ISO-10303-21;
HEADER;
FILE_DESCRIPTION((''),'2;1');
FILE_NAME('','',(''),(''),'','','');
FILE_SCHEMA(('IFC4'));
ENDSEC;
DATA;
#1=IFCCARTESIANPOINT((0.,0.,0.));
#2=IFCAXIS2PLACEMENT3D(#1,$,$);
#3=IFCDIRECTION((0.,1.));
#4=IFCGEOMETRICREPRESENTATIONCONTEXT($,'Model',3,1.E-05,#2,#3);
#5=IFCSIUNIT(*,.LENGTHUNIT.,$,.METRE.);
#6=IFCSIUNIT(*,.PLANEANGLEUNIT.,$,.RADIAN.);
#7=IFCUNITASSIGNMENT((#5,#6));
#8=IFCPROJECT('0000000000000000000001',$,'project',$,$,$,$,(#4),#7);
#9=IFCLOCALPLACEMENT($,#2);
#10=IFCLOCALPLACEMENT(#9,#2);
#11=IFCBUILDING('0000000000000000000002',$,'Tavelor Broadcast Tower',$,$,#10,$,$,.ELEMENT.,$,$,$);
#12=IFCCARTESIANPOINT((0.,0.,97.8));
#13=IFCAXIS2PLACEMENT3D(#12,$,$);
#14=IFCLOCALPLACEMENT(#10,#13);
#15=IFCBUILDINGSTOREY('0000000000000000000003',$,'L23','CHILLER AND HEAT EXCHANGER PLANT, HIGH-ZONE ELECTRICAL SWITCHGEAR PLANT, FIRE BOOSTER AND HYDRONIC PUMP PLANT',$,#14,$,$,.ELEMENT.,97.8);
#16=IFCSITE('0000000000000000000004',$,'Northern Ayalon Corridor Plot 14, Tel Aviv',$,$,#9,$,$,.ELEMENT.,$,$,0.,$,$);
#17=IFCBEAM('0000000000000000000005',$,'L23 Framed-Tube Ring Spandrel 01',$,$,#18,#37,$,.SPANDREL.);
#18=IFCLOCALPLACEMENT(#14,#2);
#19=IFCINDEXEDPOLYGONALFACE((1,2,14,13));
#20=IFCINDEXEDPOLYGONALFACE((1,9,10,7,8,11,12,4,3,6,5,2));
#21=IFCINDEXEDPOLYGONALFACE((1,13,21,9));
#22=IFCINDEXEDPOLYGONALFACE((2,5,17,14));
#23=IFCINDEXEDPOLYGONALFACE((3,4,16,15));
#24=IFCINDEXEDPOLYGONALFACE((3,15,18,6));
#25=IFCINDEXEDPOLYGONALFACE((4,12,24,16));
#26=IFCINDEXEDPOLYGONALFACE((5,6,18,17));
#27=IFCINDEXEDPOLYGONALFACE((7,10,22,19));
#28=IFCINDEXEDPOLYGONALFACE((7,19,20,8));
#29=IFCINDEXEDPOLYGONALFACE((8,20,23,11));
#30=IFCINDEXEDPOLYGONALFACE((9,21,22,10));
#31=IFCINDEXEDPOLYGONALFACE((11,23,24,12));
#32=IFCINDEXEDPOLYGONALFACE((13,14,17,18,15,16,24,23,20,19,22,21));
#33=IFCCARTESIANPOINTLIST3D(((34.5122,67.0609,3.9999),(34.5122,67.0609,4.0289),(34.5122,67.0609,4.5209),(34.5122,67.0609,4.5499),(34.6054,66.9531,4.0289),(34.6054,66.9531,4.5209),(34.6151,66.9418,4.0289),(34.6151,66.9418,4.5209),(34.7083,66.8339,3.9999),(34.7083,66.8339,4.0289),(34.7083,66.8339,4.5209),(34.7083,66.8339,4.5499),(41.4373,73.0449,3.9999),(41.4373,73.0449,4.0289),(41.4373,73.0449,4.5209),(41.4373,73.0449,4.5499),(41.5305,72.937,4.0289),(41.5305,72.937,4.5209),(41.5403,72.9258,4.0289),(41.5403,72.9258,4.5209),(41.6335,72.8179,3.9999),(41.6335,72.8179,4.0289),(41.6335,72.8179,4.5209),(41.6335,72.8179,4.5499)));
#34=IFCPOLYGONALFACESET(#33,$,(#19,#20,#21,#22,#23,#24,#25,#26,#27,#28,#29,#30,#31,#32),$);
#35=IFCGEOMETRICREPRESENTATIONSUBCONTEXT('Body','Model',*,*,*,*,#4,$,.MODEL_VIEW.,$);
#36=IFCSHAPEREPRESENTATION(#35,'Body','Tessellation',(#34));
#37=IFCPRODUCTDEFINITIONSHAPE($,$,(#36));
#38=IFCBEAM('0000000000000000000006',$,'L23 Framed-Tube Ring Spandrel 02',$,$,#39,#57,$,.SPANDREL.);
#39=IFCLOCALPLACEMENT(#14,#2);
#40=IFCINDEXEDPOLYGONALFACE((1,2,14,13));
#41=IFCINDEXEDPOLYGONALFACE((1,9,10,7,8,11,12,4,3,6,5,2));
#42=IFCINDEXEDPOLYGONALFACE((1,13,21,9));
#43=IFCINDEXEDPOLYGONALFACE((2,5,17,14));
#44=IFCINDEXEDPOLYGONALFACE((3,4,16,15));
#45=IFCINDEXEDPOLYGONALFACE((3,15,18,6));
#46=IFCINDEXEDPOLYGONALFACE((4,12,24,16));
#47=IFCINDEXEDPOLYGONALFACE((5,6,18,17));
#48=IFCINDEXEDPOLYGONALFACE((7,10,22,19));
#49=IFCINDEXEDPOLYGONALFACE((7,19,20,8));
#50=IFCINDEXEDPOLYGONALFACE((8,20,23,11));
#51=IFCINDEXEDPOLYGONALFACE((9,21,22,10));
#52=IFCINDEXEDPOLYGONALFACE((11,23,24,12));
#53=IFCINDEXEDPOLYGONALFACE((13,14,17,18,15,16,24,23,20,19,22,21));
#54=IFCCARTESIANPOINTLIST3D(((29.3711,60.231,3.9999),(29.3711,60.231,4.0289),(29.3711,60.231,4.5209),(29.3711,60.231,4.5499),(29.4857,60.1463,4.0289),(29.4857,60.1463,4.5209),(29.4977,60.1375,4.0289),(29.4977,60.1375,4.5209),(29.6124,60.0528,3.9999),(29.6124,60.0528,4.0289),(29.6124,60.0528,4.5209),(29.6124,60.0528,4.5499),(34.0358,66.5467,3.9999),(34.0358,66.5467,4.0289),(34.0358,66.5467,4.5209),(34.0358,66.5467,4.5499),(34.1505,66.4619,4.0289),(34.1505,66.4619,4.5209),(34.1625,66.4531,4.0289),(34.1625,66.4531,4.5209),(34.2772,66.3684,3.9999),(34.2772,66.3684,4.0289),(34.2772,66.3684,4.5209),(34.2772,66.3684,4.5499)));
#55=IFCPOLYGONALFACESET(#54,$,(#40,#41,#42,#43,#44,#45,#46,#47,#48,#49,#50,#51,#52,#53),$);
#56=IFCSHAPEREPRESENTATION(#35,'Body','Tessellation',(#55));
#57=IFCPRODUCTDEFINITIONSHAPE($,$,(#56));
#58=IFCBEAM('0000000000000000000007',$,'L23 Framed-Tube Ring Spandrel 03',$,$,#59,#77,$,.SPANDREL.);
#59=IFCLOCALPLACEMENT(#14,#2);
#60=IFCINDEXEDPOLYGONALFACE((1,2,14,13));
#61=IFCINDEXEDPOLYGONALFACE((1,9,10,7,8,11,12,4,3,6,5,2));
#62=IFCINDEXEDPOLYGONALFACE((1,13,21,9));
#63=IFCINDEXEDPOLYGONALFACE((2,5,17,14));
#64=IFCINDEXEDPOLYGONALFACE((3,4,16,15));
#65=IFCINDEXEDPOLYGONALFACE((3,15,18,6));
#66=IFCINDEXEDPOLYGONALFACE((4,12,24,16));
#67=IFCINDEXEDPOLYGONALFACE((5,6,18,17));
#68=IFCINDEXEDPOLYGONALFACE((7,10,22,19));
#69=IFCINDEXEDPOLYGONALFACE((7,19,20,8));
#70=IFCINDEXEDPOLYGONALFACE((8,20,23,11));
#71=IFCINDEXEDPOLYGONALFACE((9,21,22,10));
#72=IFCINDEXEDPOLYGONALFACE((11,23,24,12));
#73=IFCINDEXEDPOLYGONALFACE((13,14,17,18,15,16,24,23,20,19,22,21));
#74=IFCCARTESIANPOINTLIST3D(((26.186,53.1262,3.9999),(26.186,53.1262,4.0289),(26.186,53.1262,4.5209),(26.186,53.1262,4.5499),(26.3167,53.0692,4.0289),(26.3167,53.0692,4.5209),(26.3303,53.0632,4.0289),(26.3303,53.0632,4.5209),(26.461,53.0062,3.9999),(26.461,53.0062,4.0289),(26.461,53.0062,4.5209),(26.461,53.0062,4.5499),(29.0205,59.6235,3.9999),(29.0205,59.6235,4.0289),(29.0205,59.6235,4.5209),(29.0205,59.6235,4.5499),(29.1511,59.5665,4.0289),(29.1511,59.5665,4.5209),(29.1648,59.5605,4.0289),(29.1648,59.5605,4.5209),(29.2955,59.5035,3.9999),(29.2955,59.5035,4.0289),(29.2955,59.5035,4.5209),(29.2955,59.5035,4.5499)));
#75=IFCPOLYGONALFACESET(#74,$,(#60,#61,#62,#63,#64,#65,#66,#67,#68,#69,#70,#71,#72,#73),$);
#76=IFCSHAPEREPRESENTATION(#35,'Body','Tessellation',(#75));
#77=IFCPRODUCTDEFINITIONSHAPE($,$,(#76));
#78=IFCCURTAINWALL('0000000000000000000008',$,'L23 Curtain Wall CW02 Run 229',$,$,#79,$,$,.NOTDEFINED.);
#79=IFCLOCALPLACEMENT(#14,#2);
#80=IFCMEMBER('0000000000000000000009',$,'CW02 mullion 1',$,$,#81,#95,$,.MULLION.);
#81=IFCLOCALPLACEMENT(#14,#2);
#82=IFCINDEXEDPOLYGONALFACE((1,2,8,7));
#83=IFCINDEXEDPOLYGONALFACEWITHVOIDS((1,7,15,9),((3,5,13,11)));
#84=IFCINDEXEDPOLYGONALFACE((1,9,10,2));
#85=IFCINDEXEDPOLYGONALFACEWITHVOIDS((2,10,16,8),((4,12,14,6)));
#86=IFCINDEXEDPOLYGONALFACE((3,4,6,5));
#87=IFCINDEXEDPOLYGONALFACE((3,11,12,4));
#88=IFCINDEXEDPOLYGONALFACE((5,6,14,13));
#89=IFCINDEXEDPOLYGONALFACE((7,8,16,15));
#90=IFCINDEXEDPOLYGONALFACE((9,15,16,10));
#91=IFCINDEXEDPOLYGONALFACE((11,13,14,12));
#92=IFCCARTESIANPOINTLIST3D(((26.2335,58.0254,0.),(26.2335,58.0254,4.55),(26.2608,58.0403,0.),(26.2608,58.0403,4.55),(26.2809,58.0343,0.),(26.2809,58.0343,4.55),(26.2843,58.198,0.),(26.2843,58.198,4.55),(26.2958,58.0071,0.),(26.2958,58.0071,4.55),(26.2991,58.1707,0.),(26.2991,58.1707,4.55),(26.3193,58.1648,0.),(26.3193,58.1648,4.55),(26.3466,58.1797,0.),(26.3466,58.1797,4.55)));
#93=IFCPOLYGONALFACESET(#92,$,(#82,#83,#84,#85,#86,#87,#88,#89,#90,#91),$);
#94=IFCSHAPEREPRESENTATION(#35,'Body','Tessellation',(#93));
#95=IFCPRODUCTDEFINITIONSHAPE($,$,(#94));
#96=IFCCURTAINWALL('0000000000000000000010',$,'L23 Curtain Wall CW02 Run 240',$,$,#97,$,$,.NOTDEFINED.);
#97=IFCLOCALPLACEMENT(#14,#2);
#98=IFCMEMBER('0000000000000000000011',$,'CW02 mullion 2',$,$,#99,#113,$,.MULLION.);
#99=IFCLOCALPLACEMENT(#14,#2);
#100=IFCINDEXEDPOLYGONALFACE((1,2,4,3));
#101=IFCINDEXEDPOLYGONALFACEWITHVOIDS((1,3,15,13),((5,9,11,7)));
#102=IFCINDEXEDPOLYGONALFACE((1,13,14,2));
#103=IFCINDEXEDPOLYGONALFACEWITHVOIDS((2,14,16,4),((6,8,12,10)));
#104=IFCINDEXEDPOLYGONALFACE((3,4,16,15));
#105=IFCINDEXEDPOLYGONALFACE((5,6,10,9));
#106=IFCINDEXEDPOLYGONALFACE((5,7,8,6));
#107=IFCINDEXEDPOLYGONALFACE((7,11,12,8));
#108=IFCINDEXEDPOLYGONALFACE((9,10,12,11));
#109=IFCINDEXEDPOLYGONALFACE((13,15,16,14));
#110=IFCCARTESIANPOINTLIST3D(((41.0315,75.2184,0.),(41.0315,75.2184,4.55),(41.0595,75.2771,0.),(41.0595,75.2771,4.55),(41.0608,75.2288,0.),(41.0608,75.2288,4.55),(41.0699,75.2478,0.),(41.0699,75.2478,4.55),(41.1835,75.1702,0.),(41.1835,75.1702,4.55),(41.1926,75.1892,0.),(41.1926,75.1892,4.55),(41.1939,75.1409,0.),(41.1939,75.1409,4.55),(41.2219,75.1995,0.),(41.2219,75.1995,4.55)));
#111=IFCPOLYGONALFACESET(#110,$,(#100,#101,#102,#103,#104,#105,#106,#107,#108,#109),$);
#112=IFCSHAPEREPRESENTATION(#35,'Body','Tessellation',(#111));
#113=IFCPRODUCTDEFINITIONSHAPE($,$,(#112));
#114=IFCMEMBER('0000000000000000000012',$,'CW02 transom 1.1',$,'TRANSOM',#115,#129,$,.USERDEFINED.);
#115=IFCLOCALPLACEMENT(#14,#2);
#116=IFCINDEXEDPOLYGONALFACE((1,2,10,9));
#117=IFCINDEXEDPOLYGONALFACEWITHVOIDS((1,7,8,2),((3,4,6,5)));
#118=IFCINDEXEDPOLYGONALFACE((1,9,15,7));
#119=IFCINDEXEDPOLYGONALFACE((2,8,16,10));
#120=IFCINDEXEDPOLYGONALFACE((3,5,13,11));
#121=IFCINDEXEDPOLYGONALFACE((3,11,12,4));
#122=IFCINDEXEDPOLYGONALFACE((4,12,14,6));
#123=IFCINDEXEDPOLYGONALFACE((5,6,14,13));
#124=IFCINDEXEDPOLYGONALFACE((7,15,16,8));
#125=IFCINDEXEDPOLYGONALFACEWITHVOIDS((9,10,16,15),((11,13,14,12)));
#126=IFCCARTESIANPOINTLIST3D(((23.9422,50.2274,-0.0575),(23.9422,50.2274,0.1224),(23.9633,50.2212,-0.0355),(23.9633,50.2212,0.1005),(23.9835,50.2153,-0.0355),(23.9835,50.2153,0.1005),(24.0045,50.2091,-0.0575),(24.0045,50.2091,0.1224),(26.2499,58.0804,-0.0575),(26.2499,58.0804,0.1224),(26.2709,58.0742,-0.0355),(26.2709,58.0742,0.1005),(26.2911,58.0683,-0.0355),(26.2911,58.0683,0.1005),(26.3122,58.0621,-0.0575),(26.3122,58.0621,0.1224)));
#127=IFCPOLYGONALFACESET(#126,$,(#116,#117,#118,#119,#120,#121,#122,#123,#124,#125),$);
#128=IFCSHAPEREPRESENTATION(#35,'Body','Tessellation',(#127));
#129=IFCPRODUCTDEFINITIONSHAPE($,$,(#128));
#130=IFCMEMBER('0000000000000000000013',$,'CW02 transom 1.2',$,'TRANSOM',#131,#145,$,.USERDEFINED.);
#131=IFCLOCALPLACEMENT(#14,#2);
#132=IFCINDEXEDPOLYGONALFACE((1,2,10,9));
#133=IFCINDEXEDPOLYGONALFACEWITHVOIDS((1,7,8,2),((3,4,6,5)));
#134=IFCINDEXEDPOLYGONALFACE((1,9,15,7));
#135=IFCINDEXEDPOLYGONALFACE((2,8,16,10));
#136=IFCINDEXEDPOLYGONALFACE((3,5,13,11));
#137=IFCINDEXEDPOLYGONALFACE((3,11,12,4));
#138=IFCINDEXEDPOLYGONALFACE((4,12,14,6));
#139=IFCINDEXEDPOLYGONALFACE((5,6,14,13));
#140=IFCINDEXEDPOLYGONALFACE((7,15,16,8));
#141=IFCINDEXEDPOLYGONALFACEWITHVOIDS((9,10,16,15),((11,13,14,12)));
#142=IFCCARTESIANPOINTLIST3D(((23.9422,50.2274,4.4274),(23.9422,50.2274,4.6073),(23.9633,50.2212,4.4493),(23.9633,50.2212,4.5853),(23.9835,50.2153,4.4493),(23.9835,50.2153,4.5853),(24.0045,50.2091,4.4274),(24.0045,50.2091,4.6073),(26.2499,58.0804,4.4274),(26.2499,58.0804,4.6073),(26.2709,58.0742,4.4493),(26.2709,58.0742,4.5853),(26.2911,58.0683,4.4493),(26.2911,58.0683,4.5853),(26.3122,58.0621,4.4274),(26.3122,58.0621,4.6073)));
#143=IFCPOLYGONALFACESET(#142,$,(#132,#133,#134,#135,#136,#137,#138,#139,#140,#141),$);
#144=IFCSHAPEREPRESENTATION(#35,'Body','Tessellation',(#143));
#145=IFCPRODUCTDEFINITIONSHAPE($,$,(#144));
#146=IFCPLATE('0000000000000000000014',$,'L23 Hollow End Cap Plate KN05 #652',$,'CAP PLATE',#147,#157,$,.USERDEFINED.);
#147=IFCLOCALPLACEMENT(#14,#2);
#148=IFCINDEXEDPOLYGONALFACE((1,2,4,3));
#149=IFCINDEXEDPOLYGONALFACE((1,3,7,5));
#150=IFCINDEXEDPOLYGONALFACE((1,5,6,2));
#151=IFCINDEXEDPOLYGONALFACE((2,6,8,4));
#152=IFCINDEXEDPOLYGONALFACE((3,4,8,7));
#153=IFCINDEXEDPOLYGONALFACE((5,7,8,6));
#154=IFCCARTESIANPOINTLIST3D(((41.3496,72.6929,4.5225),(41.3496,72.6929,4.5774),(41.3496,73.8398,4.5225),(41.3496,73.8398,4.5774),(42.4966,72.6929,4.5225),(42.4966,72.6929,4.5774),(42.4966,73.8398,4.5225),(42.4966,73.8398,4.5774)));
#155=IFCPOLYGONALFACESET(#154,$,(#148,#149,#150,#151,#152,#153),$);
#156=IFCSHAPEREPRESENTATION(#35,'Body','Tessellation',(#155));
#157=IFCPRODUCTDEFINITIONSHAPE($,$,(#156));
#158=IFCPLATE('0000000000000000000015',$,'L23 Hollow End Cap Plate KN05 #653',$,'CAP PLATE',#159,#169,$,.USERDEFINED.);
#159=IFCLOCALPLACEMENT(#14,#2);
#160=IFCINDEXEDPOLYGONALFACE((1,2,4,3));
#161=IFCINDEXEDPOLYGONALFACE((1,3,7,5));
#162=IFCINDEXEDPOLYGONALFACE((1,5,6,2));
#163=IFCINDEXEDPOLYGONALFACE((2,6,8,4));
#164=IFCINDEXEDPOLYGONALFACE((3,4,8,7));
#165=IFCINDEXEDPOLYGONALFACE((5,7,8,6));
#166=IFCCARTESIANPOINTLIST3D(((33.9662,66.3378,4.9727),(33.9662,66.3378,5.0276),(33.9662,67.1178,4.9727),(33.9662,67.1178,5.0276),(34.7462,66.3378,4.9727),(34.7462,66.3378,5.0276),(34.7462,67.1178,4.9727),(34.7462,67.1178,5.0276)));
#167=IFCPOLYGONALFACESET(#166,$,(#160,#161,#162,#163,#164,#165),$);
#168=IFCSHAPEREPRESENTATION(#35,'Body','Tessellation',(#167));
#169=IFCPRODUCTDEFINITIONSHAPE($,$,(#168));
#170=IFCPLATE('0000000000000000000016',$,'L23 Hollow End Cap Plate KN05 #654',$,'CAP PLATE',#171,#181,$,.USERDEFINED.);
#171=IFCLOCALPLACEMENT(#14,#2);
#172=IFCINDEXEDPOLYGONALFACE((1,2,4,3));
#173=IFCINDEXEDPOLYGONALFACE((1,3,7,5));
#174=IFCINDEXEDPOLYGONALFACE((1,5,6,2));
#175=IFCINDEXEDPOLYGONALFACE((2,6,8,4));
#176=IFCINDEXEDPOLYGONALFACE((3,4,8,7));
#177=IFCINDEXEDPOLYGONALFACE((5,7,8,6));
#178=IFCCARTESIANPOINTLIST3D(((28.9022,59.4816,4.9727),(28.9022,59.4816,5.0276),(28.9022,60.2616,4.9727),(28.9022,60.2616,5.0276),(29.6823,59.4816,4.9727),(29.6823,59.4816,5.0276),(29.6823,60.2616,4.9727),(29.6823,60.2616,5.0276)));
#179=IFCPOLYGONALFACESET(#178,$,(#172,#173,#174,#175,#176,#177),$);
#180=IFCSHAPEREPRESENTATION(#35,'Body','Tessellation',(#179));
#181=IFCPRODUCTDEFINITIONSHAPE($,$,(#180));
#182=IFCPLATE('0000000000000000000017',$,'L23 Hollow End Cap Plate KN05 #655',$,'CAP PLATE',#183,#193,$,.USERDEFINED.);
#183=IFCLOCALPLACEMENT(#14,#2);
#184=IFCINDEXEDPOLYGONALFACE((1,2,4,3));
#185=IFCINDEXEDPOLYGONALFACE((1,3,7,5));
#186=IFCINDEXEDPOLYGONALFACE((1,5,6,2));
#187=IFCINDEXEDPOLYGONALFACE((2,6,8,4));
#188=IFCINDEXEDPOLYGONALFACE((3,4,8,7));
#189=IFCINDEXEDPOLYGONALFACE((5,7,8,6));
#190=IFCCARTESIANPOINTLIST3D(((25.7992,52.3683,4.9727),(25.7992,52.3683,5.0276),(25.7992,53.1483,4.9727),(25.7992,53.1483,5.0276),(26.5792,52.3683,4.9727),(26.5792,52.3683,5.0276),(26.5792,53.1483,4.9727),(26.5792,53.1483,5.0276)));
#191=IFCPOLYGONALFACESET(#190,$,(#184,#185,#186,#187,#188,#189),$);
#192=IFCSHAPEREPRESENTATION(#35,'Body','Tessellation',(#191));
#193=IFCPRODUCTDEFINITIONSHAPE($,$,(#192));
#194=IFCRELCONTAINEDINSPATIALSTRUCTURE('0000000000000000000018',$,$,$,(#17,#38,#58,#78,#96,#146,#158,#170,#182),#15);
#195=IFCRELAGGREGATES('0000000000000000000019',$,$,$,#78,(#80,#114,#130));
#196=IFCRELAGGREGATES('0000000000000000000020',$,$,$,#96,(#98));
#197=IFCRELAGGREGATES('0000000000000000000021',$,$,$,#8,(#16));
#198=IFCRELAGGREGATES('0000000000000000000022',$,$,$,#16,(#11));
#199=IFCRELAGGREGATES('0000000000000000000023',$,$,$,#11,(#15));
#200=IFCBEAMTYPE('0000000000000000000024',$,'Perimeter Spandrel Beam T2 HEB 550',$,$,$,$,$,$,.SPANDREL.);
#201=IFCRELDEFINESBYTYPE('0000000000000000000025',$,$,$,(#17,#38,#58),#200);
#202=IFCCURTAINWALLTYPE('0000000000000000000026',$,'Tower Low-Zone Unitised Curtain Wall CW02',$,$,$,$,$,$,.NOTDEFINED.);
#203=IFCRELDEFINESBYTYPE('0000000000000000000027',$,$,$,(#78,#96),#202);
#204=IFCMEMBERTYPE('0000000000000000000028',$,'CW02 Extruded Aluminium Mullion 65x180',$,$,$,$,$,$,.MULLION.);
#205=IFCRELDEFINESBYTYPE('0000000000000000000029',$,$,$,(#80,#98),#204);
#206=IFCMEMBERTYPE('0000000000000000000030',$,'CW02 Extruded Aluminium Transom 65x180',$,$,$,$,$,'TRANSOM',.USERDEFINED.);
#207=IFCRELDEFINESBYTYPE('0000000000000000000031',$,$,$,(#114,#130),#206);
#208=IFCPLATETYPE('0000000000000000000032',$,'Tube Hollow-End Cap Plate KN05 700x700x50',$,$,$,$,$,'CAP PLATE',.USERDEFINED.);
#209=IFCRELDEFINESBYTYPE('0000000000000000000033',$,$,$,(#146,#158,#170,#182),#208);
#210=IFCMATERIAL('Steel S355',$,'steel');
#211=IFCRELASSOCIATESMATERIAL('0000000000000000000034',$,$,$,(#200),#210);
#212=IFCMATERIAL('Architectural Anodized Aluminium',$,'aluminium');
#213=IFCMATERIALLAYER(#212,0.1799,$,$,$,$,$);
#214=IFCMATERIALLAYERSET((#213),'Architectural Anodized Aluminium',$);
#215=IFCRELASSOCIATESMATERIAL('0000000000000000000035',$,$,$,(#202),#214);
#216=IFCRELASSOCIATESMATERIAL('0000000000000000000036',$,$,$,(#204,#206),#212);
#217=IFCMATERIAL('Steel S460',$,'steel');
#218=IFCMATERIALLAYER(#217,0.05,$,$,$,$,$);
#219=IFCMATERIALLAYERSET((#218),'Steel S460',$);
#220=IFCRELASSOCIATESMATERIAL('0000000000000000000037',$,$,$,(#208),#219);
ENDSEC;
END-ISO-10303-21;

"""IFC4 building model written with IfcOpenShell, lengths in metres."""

from ifc_helpers import new_model, si_unit, direction, frame, origin, origin_2d, place, context, subcontext, project, spatial, rectangle, hollow_rectangle, i_section, extrude, source, transform, mapped, material, layer, layer_set, material_profile, profile_set, type_object, type_shapes, element, aggregate, save


model = new_model("IFC4")

# Units and contexts
model_context = context("Model", 3, precision=1e-05, world=origin(), true_north=direction((0.0, 1.0)))
body_context = subcontext(model_context, "Body", "Model", "MODEL_VIEW")
ifc_project = project(units=[si_unit("LENGTHUNIT", "METRE"), si_unit("PLANEANGLEUNIT", "RADIAN")], contexts=[model_context])

# Site, building, storey
site_placement = place(None, origin())
site = spatial("IfcSite", under=ifc_project, at=site_placement, Name="Northern Ayalon Corridor Plot 14, Tel Aviv", CompositionType="ELEMENT", RefElevation=0.0)
building_placement = place(site_placement, origin())
building = spatial("IfcBuilding", under=site, at=building_placement, Name="Tavelor Broadcast Tower", CompositionType="ELEMENT")
storey_placement = place(building_placement, frame((0.0, 0.0, 97.8)))
storey = spatial("IfcBuildingStorey", under=building, at=storey_placement, Name="L23", Description="CHILLER AND HEAT EXCHANGER PLANT, HIGH-ZONE ELECTRICAL SWITCHGEAR PLANT, FIRE BOOSTER AND HYDRONIC PUMP PLANT", CompositionType="ELEMENT", Elevation=97.8)

# Shared definitions
ifc_material_1 = material(Name="Steel S460", Category="steel")

# Beams
ifc_material_2 = material(Name="Steel S355", Category="steel")
ifc_material_profile_1 = material_profile(ifc_material_2, i_section(OverallWidth=0.3, OverallDepth=0.55, WebThickness=0.0149, FlangeThickness=0.0291, at=origin_2d()), Name="HEB 550")
ifc_profile_set_1 = profile_set([ifc_material_profile_1], Name="Steel S355")
beam_type_1 = type_object("IfcBeamType", Name="Perimeter Spandrel Beam T2 HEB 550", PredefinedType="SPANDREL", material=ifc_profile_set_1)
beam_1_placement = place(storey_placement, frame((41.5354, 72.9314, 4.2749), z_axis=(-0.756652, -0.653818, 0.0), x_axis=(0.653818, -0.756652, 0.0)))
element("IfcBeam", 1, at=beam_1_placement, inside=storey, type_object=beam_type_1, Name="L23 Framed-Tube Ring Spandrel 01", PredefinedType="SPANDREL", context=body_context, shape_type="SweptSolid", body=[
    extrude(i_section(OverallWidth=0.3, OverallDepth=0.55, WebThickness=0.0149, FlangeThickness=0.0291, at=origin_2d()), origin(), (0.0, 0.0, 1.0), 9.1523),
])
beam_2_placement = place(storey_placement, frame((34.1565, 66.4575, 4.2749), z_axis=(-0.594118, -0.804378, 0.0), x_axis=(0.804378, -0.594118, 0.0)))
element("IfcBeam", 2, at=beam_2_placement, inside=storey, type_object=beam_type_1, Name="L23 Framed-Tube Ring Spandrel 02", PredefinedType="SPANDREL", context=body_context, shape_type="SweptSolid", body=[
    extrude(i_section(OverallWidth=0.3, OverallDepth=0.55, WebThickness=0.0149, FlangeThickness=0.0291, at=origin_2d()), origin(), (0.0, 0.0, 1.0), 7.8516),
])
beam_3_placement = place(storey_placement, frame((29.158, 59.5635, 4.2749), z_axis=(-0.399859, -0.916577, 0.0), x_axis=(0.916577, -0.399859, 0.0)))
element("IfcBeam", 3, at=beam_3_placement, inside=storey, type_object=beam_type_1, Name="L23 Framed-Tube Ring Spandrel 03", PredefinedType="SPANDREL", context=body_context, shape_type="SweptSolid", body=[
    extrude(i_section(OverallWidth=0.3, OverallDepth=0.55, WebThickness=0.0149, FlangeThickness=0.0291, at=origin_2d()), origin(), (0.0, 0.0, 1.0), 7.0886),
])

# Curtain walls, members
ifc_material_3 = material(Name="Architectural Anodized Aluminium", Category="aluminium")
ifc_layer_1 = layer(ifc_material_3, 0.1799)
ifc_layer_set_1 = layer_set([ifc_layer_1], Name="Architectural Anodized Aluminium")
curtain_wall_type = type_object("IfcCurtainWallType", Name="Tower Low-Zone Unitised Curtain Wall CW02", PredefinedType="NOTDEFINED", material=ifc_layer_set_1)
curtain_wall_1_placement = place(storey_placement, origin())
curtain_wall_1 = element("IfcCurtainWall", 4, at=curtain_wall_1_placement, inside=storey, type_object=curtain_wall_type, Name="L23 Curtain Wall CW02 Run 229", PredefinedType="NOTDEFINED")
ifc_material_profile_2 = material_profile(ifc_material_3, hollow_rectangle(XDim=0.0649, YDim=0.1799, WallThickness=0.022, at=origin_2d()), Name="RHS 65x180x22")
ifc_profile_set_2 = profile_set([ifc_material_profile_2], Name="Architectural Anodized Aluminium")
member_type_1 = type_object("IfcMemberType", Name="CW02 Extruded Aluminium Mullion 65x180", PredefinedType="MULLION", material=ifc_profile_set_2)
shared_shape_1 = source(origin(), body_context, "Body", "SweptSolid", [
    extrude(hollow_rectangle(XDim=0.0649, YDim=0.1799, WallThickness=0.022, at=origin_2d()), origin(), (0.0, 0.0, 1.0), 4.55),
])
type_shapes(member_type_1, [shared_shape_1])
member_1_placement = place(storey_placement, frame((26.29, 58.1025, 0.0), z_axis=(0.0, 0.0, 1.0), x_axis=(0.959433, -0.281936, 0.0)))
member_1 = element("IfcMember", 5, at=member_1_placement, type_object=member_type_1, Name="CW02 mullion 1", PredefinedType="MULLION", context=body_context, shape_type="MappedRepresentation", body=[
    mapped(shared_shape_1, transform((0.0, 0.0, 0.0), scale=1.0)),
])
curtain_wall_2_placement = place(storey_placement, origin())
curtain_wall_2 = element("IfcCurtainWall", 6, at=curtain_wall_2_placement, inside=storey, type_object=curtain_wall_type, Name="L23 Curtain Wall CW02 Run 240", PredefinedType="NOTDEFINED")
member_2_placement = place(storey_placement, frame((41.1267, 75.209, 0.0), z_axis=(0.0, 0.0, 1.0), x_axis=(-0.430882, -0.902408, 0.0)))
member_2 = element("IfcMember", 7, at=member_2_placement, type_object=member_type_1, Name="CW02 mullion 2", PredefinedType="MULLION", context=body_context, shape_type="MappedRepresentation", body=[
    mapped(shared_shape_1, transform((0.0, 0.0, 0.0), scale=1.0)),
])

# Members
ifc_material_profile_3 = material_profile(ifc_material_3, hollow_rectangle(XDim=0.0649, YDim=0.1799, WallThickness=0.022, at=origin_2d()), Name="RHS 65x180x22")
ifc_profile_set_3 = profile_set([ifc_material_profile_3], Name="Architectural Anodized Aluminium")
member_type_2 = type_object("IfcMemberType", Name="CW02 Extruded Aluminium Transom 65x180", ElementType="TRANSOM", PredefinedType="USERDEFINED", material=ifc_profile_set_3)
shared_shape_2 = source(origin(), body_context, "Body", "SweptSolid", [
    extrude(hollow_rectangle(XDim=0.0649, YDim=0.1799, WallThickness=0.022, at=origin_2d()), origin(), (0.0, 0.0, 1.0), 8.1851),
])
type_shapes(member_type_2, [shared_shape_2])
member_3_placement = place(storey_placement, frame((26.281, 58.0713, 0.0325), z_axis=(-0.281931, -0.959435, 0.0), x_axis=(0.959435, -0.281931, 0.0)))
member_3 = element("IfcMember", 8, at=member_3_placement, type_object=member_type_2, Name="CW02 transom 1.1", ObjectType="TRANSOM", PredefinedType="USERDEFINED", context=body_context, shape_type="MappedRepresentation", body=[
    mapped(shared_shape_2, transform((0.0, 0.0, 0.0), scale=1.0)),
])
member_4_placement = place(storey_placement, frame((26.281, 58.0713, 4.5173), z_axis=(-0.281931, -0.959435, 0.0), x_axis=(0.959435, -0.281931, 0.0)))
member_4 = element("IfcMember", 9, at=member_4_placement, type_object=member_type_2, Name="CW02 transom 1.2", ObjectType="TRANSOM", PredefinedType="USERDEFINED", context=body_context, shape_type="MappedRepresentation", body=[
    mapped(shared_shape_2, transform((0.0, 0.0, 0.0), scale=1.0)),
])

# Plates
ifc_layer_2 = layer(ifc_material_1, 0.05)
ifc_layer_set_2 = layer_set([ifc_layer_2], Name="Steel S460")
plate_type_1 = type_object("IfcPlateType", Name="Tube Hollow-End Cap Plate KN05 700x700x50", ElementType="CAP PLATE", PredefinedType="USERDEFINED", material=ifc_layer_set_2)
shared_shape_3 = source(origin(), body_context, "Body", "SweptSolid", [
    extrude(rectangle(XDim=1.147, YDim=1.147, at=origin_2d()), origin(), (0.0, 0.0, 1.0), 0.0549),
])
plate_1_placement = place(storey_placement, frame((41.9231, 73.2664, 4.5225), z_axis=(0.0, 0.0, 1.0), x_axis=(1.0, 0.0, 0.0)))
element("IfcPlate", 10, at=plate_1_placement, inside=storey, type_object=plate_type_1, Name="L23 Hollow End Cap Plate KN05 #652", ObjectType="CAP PLATE", PredefinedType="USERDEFINED", context=body_context, shape_type="MappedRepresentation", body=[
    mapped(shared_shape_3, transform((0.0, 0.0, 0.0), scale=1.0)),
])
shared_shape_4 = source(origin(), body_context, "Body", "SweptSolid", [
    extrude(rectangle(XDim=0.78, YDim=0.78, at=origin_2d()), origin(), (0.0, 0.0, 1.0), 0.0549),
])
type_shapes(plate_type_1, [shared_shape_3, shared_shape_4])
for number, where, z_axis, x_axis, name in (
    (11, (34.3562, 66.7278, 4.9727), (0.0, 0.0, 1.0), (1.0, 0.0, 0.0), "L23 Hollow End Cap Plate KN05 #653"),
    (12, (29.2922, 59.8716, 4.9727), (0.0, 0.0, 1.0), (1.0, 0.0, 0.0), "L23 Hollow End Cap Plate KN05 #654"),
    (13, (26.1892, 52.7583, 4.9727), (0.0, 0.0, 1.0), (1.0, 0.0, 0.0), "L23 Hollow End Cap Plate KN05 #655"),
):
    element("IfcPlate", number, at=place(storey_placement, frame(where, z_axis=z_axis, x_axis=x_axis)), inside=storey, type_object=plate_type_1, Name=name, ObjectType="CAP PLATE", PredefinedType="USERDEFINED", context=body_context, shape_type="MappedRepresentation", body=[
        mapped(shared_shape_4, transform((0.0, 0.0, 0.0), scale=1.0)),
    ])

aggregate(curtain_wall_1, [member_1, member_3, member_4])
aggregate(curtain_wall_2, [member_2])

save(model, "model.ifc")
